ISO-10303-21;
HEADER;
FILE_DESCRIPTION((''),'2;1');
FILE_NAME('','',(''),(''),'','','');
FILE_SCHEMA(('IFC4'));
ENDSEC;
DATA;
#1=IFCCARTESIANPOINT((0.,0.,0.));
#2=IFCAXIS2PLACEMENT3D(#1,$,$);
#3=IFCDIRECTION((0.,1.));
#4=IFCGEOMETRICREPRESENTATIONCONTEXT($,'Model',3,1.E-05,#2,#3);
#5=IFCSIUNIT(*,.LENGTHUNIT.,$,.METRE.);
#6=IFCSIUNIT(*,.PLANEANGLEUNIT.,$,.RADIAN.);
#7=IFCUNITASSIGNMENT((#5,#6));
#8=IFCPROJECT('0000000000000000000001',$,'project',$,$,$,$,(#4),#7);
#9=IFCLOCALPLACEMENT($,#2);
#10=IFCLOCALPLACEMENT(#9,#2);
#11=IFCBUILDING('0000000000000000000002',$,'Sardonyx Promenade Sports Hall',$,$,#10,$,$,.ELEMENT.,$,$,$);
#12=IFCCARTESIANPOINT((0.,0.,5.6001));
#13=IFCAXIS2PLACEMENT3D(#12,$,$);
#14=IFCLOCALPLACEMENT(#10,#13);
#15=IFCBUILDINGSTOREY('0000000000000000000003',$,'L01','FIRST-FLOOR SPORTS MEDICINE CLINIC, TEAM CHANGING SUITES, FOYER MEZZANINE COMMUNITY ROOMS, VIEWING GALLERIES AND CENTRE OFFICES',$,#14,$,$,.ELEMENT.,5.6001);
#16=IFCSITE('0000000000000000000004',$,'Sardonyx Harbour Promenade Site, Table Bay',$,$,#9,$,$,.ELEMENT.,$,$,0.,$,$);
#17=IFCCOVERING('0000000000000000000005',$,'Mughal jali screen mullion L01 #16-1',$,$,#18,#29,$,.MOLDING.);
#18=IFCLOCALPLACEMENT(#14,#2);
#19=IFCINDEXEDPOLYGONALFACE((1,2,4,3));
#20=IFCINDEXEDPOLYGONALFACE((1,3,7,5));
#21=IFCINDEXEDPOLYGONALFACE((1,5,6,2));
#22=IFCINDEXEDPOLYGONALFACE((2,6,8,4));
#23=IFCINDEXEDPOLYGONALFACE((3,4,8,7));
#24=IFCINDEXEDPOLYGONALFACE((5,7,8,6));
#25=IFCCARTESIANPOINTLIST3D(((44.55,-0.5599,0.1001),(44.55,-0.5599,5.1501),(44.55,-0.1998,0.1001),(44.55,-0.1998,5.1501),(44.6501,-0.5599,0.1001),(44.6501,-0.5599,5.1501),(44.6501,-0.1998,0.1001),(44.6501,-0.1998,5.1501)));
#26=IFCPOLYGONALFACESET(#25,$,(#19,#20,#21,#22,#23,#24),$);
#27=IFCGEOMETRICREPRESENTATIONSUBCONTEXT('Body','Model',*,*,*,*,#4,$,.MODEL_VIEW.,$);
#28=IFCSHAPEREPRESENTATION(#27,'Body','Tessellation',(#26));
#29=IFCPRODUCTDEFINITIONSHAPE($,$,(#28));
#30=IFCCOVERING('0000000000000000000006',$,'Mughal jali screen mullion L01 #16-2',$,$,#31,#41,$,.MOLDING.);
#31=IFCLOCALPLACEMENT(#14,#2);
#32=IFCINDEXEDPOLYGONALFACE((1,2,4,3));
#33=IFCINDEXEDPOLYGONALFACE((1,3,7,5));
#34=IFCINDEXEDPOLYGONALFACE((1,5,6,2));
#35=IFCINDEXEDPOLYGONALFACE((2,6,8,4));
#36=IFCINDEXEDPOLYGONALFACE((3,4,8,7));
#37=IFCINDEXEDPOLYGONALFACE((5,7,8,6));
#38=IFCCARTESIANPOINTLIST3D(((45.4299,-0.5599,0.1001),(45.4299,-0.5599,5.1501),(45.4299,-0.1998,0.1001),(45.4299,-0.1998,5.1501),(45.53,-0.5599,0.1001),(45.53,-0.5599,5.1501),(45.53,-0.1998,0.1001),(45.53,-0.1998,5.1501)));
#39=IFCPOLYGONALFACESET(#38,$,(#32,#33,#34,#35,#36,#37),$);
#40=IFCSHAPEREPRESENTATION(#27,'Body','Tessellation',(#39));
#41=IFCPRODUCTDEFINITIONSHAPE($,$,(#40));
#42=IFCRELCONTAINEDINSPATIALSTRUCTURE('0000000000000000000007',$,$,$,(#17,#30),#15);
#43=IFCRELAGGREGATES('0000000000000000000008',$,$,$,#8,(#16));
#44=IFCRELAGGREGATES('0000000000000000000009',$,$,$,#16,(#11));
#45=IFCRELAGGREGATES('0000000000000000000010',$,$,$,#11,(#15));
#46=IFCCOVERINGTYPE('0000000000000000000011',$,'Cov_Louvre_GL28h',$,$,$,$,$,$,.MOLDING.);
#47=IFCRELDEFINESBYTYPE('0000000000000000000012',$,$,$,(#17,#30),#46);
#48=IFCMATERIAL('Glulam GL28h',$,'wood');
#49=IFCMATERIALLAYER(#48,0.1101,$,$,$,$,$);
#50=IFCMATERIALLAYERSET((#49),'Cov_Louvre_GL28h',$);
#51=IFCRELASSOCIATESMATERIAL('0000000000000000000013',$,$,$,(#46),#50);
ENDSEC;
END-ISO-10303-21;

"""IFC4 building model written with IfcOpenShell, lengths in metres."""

from ifc_helpers import new_model, si_unit, direction, frame, origin, origin_2d, place, context, subcontext, project, spatial, rectangle, extrude, material, layer, layer_set, type_object, element, save


model = new_model("IFC4")

# Units and contexts
model_context = context("Model", 3, precision=1e-05, world=origin(), true_north=direction((0.0, 1.0)))
body_context = subcontext(model_context, "Body", "Model", "MODEL_VIEW")
ifc_project = project(units=[si_unit("LENGTHUNIT", "METRE"), si_unit("PLANEANGLEUNIT", "RADIAN")], contexts=[model_context])

# Site, building, storey
site_placement = place(None, origin())
site = spatial("IfcSite", under=ifc_project, at=site_placement, Name="Sardonyx Harbour Promenade Site, Table Bay", CompositionType="ELEMENT", RefElevation=0.0)
building_placement = place(site_placement, origin())
building = spatial("IfcBuilding", under=site, at=building_placement, Name="Sardonyx Promenade Sports Hall", CompositionType="ELEMENT")
storey_placement = place(building_placement, frame((0.0, 0.0, 5.6001)))
storey = spatial("IfcBuildingStorey", under=building, at=storey_placement, Name="L01", Description="FIRST-FLOOR SPORTS MEDICINE CLINIC, TEAM CHANGING SUITES, FOYER MEZZANINE COMMUNITY ROOMS, VIEWING GALLERIES AND CENTRE OFFICES", CompositionType="ELEMENT", Elevation=5.6001)

# Coverings
ifc_material_1 = material(Name="Glulam GL28h", Category="wood")
ifc_layer_1 = layer(ifc_material_1, 0.1101)
ifc_layer_set_1 = layer_set([ifc_layer_1], Name="Cov_Louvre_GL28h")
covering_type = type_object("IfcCoveringType", Name="Cov_Louvre_GL28h", PredefinedType="MOLDING", material=ifc_layer_set_1)
for number, where, z_axis, x_axis, name in (
    (1, (44.6001, -0.3799, 0.1001), (0.0, 0.0, 1.0), (1.0, 0.0, 0.0), "Mughal jali screen mullion L01 #16-1"),
    (2, (45.48, -0.3799, 0.1001), (0.0, 0.0, 1.0), (1.0, 0.0, 0.0), "Mughal jali screen mullion L01 #16-2"),
):
    element("IfcCovering", number, at=place(storey_placement, frame(where, z_axis=z_axis, x_axis=x_axis)), inside=storey, type_object=covering_type, Name=name, PredefinedType="MOLDING", context=body_context, shape_type="SweptSolid", body=[
        extrude(rectangle(XDim=0.1001, YDim=0.3601, at=origin_2d()), origin(), (0.0, 0.0, 1.0), 5.05),
    ])

save(model, "model.ifc")
